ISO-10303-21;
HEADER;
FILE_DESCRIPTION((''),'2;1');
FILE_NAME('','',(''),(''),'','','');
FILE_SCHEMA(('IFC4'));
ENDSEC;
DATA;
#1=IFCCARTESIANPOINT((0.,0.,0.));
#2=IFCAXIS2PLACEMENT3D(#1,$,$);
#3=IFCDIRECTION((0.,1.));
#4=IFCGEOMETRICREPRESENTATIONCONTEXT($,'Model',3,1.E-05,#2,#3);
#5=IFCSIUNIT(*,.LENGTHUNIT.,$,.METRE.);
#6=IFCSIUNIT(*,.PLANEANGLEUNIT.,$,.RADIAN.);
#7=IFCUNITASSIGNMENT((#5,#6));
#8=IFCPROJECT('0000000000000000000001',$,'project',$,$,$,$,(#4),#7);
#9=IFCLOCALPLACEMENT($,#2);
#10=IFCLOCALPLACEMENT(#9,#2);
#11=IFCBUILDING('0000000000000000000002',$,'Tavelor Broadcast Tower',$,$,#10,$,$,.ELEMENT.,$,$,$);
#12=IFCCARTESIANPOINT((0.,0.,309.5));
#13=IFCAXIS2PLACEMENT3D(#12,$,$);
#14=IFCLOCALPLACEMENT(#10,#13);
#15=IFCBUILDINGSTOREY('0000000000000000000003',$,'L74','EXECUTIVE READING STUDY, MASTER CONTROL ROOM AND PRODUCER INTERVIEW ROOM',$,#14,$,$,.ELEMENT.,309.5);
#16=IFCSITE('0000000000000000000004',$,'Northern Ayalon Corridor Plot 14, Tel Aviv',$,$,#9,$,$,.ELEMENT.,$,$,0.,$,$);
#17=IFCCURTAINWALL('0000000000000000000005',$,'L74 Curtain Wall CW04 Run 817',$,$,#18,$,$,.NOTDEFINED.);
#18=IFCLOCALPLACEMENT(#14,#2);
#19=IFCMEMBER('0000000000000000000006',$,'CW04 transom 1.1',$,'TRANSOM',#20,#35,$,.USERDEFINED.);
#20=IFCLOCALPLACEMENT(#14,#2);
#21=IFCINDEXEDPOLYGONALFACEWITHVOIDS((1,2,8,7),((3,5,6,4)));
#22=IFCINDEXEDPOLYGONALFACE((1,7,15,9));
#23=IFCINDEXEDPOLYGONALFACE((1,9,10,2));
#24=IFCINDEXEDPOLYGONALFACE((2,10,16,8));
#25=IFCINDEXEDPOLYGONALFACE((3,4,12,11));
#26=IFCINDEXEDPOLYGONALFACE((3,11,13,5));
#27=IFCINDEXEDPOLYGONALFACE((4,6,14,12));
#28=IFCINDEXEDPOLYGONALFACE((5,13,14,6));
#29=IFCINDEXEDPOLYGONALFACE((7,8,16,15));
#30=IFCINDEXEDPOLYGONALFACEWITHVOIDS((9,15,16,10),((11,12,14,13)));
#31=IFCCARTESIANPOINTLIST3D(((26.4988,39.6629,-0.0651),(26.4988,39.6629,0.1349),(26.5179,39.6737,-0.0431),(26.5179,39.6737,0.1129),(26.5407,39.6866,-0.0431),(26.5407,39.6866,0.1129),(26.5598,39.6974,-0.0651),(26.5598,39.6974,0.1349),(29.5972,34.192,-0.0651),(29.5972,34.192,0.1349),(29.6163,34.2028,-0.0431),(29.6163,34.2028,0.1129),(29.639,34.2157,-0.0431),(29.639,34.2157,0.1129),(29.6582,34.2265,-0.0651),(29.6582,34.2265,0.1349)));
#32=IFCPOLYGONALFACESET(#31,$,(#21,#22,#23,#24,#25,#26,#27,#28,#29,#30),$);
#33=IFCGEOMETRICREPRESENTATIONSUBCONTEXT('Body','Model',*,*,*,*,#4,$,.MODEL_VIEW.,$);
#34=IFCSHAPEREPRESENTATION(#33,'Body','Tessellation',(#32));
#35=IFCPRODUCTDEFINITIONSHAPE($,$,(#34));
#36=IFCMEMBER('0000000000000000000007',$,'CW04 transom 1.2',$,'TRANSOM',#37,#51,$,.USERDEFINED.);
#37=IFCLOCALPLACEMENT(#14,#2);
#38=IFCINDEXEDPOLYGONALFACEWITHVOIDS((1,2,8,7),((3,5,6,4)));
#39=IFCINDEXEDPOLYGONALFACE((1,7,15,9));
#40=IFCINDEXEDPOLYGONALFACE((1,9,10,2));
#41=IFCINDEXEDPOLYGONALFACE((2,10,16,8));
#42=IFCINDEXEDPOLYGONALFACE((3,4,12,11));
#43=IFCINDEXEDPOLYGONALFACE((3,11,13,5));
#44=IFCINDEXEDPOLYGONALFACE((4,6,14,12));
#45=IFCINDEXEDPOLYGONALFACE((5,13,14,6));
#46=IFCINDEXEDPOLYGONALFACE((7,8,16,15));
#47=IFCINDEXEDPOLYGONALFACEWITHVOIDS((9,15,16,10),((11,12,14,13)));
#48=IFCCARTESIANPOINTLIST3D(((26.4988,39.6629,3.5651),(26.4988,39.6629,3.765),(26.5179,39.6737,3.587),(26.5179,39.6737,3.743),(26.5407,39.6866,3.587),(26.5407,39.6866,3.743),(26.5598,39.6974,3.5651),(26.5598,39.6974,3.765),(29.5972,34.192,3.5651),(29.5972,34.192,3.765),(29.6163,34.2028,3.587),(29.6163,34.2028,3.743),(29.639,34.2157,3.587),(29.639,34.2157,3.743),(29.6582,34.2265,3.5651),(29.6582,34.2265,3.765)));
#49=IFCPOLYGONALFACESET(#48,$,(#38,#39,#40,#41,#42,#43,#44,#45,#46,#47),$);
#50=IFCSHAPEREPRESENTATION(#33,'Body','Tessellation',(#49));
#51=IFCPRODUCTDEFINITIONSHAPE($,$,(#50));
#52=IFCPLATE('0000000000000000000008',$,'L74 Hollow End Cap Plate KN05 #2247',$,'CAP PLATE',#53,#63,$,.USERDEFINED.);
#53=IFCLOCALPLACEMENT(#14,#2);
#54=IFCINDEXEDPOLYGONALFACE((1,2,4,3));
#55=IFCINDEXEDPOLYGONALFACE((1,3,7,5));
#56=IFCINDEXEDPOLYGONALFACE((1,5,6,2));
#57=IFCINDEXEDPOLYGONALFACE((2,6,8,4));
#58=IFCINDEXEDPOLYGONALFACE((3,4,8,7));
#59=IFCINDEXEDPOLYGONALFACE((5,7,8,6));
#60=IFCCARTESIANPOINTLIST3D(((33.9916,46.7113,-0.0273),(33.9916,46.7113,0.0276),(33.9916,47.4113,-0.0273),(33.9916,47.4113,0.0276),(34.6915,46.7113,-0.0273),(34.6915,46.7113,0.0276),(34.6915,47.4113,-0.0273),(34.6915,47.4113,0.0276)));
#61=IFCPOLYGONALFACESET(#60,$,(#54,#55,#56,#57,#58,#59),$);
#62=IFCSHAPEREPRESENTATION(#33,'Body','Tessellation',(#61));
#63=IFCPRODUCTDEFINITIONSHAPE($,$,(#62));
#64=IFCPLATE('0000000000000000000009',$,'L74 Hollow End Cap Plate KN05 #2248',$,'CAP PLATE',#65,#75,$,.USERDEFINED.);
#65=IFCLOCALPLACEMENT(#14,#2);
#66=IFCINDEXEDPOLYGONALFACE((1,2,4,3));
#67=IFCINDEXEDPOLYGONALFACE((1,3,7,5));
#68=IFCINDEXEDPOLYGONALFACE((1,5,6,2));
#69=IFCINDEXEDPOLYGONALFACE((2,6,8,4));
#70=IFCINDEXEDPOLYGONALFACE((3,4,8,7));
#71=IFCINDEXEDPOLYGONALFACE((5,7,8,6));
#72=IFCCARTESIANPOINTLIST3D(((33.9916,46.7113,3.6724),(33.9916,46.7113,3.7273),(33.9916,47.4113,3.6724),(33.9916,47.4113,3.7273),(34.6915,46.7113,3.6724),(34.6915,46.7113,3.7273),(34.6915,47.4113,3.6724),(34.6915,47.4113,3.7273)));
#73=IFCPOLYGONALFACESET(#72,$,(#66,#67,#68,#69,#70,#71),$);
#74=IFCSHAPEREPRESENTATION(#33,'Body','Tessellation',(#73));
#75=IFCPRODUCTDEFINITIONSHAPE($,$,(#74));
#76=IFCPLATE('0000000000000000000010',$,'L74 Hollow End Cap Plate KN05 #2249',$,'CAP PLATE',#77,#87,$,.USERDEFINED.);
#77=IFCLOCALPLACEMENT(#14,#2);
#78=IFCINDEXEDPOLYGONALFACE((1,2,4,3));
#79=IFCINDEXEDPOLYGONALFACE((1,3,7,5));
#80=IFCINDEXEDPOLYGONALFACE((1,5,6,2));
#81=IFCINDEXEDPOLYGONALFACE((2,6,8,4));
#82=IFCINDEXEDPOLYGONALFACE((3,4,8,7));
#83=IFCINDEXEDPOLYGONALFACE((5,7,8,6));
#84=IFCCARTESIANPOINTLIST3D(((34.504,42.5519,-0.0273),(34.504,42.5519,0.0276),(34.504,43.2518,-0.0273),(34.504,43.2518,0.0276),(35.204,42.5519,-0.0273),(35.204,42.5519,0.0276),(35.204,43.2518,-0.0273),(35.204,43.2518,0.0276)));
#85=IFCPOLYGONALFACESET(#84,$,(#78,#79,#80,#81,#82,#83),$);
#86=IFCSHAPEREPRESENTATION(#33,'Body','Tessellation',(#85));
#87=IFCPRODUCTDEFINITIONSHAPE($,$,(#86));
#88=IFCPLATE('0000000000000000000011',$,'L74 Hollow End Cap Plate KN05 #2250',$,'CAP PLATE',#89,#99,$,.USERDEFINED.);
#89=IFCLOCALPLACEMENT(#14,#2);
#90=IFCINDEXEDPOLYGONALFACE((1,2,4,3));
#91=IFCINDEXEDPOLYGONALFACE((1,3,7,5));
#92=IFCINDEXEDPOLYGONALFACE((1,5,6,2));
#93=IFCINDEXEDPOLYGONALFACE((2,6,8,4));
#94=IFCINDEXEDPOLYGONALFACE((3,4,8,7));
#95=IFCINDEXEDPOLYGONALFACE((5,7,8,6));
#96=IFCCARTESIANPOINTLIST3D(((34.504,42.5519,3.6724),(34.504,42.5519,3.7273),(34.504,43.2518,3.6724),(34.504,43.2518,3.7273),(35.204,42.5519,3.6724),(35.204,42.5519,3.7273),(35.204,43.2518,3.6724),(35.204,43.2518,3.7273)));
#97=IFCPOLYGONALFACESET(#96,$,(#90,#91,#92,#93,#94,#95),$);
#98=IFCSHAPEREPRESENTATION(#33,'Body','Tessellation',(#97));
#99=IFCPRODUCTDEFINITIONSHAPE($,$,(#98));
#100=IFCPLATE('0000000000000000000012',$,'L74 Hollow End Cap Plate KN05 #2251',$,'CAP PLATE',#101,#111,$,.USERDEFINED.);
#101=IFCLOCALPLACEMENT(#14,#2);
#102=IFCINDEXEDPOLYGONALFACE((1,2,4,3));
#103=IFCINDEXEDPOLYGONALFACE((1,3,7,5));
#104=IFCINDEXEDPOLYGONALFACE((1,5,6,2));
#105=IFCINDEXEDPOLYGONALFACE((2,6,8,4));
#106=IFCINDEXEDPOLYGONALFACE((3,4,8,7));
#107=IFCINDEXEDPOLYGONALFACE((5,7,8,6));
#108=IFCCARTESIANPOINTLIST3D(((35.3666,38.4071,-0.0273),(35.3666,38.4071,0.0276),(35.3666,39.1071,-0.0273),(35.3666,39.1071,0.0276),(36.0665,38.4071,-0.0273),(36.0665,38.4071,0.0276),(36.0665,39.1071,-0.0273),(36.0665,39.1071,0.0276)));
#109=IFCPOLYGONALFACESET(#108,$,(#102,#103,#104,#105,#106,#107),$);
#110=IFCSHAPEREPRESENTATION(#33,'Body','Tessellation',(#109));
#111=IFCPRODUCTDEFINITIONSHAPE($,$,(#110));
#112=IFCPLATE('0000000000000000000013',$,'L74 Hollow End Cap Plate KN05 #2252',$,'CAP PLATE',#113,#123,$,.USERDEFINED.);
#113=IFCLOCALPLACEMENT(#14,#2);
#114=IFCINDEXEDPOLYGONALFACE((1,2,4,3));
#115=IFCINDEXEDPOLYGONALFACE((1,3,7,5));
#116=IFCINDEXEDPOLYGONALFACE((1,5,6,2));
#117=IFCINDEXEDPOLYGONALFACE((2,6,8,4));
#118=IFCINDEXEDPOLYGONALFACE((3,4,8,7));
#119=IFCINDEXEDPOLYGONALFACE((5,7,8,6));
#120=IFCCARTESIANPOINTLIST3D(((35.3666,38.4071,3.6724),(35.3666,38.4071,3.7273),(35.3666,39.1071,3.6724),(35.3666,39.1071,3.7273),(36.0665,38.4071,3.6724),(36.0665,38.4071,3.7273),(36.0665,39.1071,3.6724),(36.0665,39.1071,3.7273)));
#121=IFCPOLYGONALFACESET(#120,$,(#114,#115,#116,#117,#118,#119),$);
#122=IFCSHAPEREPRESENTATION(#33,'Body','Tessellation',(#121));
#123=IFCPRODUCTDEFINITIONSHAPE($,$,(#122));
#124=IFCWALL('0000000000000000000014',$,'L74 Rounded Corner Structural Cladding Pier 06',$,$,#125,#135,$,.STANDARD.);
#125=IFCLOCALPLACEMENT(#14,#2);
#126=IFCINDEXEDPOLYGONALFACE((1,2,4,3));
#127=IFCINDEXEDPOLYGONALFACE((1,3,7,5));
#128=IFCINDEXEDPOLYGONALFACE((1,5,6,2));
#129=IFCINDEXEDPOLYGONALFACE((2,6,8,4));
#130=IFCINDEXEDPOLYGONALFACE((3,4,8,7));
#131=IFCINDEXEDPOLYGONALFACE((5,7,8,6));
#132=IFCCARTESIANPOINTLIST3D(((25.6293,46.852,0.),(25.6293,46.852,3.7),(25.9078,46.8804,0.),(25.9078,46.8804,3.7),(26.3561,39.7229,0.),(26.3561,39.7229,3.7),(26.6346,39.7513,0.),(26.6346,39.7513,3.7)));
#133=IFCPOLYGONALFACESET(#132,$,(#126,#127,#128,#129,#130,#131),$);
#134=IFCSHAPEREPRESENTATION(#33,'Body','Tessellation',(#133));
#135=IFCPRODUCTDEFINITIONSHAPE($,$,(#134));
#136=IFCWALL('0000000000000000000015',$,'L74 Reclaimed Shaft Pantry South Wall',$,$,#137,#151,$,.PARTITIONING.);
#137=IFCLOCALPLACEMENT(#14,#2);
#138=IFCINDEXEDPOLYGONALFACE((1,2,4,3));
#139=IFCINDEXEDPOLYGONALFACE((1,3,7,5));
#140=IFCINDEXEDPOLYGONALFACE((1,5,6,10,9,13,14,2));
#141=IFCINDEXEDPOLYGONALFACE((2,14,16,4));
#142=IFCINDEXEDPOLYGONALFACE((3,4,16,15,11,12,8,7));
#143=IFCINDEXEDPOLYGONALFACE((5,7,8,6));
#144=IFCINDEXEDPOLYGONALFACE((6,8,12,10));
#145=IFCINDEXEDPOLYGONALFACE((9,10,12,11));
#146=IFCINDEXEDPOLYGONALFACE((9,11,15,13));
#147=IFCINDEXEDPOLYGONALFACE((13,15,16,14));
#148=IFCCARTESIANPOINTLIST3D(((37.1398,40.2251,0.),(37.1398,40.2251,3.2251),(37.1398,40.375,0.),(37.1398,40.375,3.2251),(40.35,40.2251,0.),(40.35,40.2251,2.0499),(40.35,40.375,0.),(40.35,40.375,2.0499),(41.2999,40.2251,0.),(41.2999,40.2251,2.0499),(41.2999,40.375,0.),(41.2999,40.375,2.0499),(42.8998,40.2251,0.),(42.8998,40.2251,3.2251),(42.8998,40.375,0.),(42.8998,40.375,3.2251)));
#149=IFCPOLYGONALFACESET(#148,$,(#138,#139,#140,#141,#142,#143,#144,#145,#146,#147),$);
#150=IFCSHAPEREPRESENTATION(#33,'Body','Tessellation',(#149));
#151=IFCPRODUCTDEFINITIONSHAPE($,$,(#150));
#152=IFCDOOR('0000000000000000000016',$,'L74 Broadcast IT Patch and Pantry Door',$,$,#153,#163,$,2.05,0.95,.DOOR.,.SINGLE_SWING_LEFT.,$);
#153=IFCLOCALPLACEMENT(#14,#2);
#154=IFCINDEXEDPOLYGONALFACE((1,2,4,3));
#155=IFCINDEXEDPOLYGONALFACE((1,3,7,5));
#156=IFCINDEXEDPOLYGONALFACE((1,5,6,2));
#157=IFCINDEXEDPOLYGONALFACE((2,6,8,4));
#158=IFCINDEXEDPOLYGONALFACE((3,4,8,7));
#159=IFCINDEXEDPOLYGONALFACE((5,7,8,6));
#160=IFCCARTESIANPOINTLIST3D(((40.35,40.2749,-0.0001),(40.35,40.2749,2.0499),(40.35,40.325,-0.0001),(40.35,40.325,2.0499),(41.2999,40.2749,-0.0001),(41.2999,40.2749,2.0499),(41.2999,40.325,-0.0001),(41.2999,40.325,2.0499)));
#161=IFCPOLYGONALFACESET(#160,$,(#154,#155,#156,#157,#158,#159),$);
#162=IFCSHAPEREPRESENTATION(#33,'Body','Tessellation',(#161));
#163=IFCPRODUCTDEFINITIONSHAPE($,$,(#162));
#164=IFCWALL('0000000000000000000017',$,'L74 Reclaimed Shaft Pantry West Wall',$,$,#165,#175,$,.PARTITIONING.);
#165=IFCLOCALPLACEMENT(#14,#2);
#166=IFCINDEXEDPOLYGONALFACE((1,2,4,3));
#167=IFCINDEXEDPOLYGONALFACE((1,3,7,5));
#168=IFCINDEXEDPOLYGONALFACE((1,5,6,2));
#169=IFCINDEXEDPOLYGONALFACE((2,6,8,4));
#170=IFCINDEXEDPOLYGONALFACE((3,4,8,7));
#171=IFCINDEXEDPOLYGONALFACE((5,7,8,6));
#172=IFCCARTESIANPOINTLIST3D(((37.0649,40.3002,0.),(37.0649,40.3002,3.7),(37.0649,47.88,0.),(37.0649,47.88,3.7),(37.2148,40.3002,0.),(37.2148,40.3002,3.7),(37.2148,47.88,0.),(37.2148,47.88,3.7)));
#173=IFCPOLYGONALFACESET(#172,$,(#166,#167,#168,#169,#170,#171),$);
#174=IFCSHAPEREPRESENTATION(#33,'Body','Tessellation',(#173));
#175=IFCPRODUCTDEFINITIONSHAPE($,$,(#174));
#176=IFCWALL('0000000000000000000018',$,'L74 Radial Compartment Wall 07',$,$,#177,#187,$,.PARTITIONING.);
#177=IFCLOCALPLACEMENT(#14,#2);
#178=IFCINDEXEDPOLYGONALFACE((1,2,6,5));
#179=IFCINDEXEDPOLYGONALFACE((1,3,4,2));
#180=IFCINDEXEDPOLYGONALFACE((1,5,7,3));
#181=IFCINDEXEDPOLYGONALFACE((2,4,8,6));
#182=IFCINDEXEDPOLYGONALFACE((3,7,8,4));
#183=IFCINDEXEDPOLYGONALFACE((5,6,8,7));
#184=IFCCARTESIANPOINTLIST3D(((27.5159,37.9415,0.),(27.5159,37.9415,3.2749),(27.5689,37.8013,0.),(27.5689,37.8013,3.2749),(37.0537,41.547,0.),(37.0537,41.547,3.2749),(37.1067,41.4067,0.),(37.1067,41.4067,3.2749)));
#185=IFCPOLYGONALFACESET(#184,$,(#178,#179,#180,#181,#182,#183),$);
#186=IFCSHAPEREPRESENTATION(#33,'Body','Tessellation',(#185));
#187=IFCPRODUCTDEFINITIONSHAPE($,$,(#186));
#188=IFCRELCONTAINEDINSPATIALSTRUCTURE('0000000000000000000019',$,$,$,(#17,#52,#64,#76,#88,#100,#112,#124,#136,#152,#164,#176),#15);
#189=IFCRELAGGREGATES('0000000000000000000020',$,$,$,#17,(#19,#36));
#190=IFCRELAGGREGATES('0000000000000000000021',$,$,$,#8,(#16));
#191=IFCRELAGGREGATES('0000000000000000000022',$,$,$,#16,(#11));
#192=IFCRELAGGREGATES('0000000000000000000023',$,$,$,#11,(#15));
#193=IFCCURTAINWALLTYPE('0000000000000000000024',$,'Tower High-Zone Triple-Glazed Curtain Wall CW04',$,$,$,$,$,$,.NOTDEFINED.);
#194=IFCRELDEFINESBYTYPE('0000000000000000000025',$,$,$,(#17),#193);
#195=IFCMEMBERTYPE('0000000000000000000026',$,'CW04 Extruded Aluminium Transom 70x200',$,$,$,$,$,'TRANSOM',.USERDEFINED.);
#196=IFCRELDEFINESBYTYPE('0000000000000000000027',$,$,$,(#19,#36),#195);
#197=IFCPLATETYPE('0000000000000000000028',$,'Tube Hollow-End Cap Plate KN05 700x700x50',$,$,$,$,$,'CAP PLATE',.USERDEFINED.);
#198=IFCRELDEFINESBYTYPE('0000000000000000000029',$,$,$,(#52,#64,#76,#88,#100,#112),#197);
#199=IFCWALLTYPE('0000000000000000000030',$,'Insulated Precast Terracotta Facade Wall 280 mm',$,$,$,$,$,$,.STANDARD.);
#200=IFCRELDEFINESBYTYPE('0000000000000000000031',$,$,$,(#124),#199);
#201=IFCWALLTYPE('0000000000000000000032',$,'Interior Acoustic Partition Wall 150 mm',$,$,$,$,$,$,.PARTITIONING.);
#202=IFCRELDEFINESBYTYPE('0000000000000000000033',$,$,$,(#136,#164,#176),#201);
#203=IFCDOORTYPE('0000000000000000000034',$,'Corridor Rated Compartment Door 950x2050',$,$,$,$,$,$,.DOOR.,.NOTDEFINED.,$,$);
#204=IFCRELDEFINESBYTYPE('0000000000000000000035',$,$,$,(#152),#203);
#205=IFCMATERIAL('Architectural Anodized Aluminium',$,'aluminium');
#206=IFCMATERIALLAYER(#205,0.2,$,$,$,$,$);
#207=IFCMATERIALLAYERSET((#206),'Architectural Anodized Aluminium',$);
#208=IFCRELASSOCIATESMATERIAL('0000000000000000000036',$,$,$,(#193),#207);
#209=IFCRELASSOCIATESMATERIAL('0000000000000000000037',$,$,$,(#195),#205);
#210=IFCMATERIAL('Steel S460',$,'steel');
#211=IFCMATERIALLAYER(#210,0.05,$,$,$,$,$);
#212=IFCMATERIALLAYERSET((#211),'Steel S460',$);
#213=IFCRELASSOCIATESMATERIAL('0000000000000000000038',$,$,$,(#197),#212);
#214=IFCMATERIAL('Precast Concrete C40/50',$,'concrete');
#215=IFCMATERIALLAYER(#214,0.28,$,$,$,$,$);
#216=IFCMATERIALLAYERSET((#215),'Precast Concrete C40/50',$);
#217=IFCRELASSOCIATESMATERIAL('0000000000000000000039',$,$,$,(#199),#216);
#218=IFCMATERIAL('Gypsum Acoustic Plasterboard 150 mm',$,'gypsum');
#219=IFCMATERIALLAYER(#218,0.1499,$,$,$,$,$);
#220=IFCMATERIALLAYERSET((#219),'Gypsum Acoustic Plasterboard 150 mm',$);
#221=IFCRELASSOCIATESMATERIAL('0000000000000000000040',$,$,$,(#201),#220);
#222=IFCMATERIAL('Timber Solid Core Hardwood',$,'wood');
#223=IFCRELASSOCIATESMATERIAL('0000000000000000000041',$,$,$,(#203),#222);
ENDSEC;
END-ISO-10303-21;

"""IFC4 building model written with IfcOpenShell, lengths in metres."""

from ifc_helpers import new_model, si_unit, direction, frame, frame_2d, origin, origin_2d, place, context, subcontext, project, spatial, rectangle, hollow_rectangle, extrude, source, transform, mapped, material, layer, layer_set, material_profile, profile_set, type_object, type_shapes, element, fill, aggregate, save


model = new_model("IFC4")

# Units and contexts
model_context = context("Model", 3, precision=1e-05, world=origin(), true_north=direction((0.0, 1.0)))
body_context = subcontext(model_context, "Body", "Model", "MODEL_VIEW")
ifc_project = project(units=[si_unit("LENGTHUNIT", "METRE"), si_unit("PLANEANGLEUNIT", "RADIAN")], contexts=[model_context])

# Site, building, storey
site_placement = place(None, origin())
site = spatial("IfcSite", under=ifc_project, at=site_placement, Name="Northern Ayalon Corridor Plot 14, Tel Aviv", CompositionType="ELEMENT", RefElevation=0.0)
building_placement = place(site_placement, origin())
building = spatial("IfcBuilding", under=site, at=building_placement, Name="Tavelor Broadcast Tower", CompositionType="ELEMENT")
storey_placement = place(building_placement, frame((0.0, 0.0, 309.5)))
storey = spatial("IfcBuildingStorey", under=building, at=storey_placement, Name="L74", Description="EXECUTIVE READING STUDY, MASTER CONTROL ROOM AND PRODUCER INTERVIEW ROOM", CompositionType="ELEMENT", Elevation=309.5)

# Shared definitions
ifc_material_1 = material(Name="Steel S460", Category="steel")

# Curtain wall, members
ifc_material_2 = material(Name="Architectural Anodized Aluminium", Category="aluminium")
ifc_layer_1 = layer(ifc_material_2, 0.2)
ifc_layer_set_1 = layer_set([ifc_layer_1], Name="Architectural Anodized Aluminium")
curtain_wall_type = type_object("IfcCurtainWallType", Name="Tower High-Zone Triple-Glazed Curtain Wall CW04", PredefinedType="NOTDEFINED", material=ifc_layer_set_1)
curtain_wall_placement = place(storey_placement, origin())
curtain_wall = element("IfcCurtainWall", 1, at=curtain_wall_placement, inside=storey, type_object=curtain_wall_type, Name="L74 Curtain Wall CW04 Run 817", PredefinedType="NOTDEFINED")
ifc_material_profile_1 = material_profile(ifc_material_2, hollow_rectangle(XDim=0.0701, YDim=0.2, WallThickness=0.022, at=origin_2d()), Name="RHS 70x200x22")
ifc_profile_set_1 = profile_set([ifc_material_profile_1], Name="Architectural Anodized Aluminium")
member_type_1 = type_object("IfcMemberType", Name="CW04 Extruded Aluminium Transom 70x200", ElementType="TRANSOM", PredefinedType="USERDEFINED", material=ifc_profile_set_1)
shared_shape_1 = source(origin(), body_context, "Body", "SweptSolid", [
    extrude(hollow_rectangle(XDim=0.0701, YDim=0.2, WallThickness=0.022, at=origin_2d()), origin(), (0.0, 0.0, 1.0), 6.2874),
])
type_shapes(member_type_1, [shared_shape_1])
member_1_placement = place(storey_placement, frame((26.5293, 39.6802, 0.0349), z_axis=(0.492794, -0.870146, 0.0), x_axis=(0.870146, 0.492794, 0.0)))
member_1 = element("IfcMember", 2, at=member_1_placement, type_object=member_type_1, Name="CW04 transom 1.1", ObjectType="TRANSOM", PredefinedType="USERDEFINED", context=body_context, shape_type="MappedRepresentation", body=[
    mapped(shared_shape_1, transform((0.0, 0.0, 0.0), scale=1.0)),
])
member_2_placement = place(storey_placement, frame((26.5293, 39.6802, 3.665), z_axis=(0.492794, -0.870146, 0.0), x_axis=(0.870146, 0.492794, 0.0)))
member_2 = element("IfcMember", 3, at=member_2_placement, type_object=member_type_1, Name="CW04 transom 1.2", ObjectType="TRANSOM", PredefinedType="USERDEFINED", context=body_context, shape_type="MappedRepresentation", body=[
    mapped(shared_shape_1, transform((0.0, 0.0, 0.0), scale=1.0)),
])
aggregate(curtain_wall, [member_1, member_2])

# Plates
ifc_layer_2 = layer(ifc_material_1, 0.05)
ifc_layer_set_2 = layer_set([ifc_layer_2], Name="Steel S460")
plate_type = type_object("IfcPlateType", Name="Tube Hollow-End Cap Plate KN05 700x700x50", ElementType="CAP PLATE", PredefinedType="USERDEFINED", material=ifc_layer_set_2)
shared_shape_2 = source(origin(), body_context, "Body", "SweptSolid", [
    extrude(rectangle(XDim=0.7, YDim=0.7, at=origin_2d()), origin(), (0.0, 0.0, 1.0), 0.0549),
])
type_shapes(plate_type, [shared_shape_2])
for number, where, z_axis, x_axis, name in (
    (4, (34.3416, 47.0613, -0.0273), (0.0, 0.0, 1.0), (1.0, 0.0, 0.0), "L74 Hollow End Cap Plate KN05 #2247"),
    (5, (34.3416, 47.0613, 3.6724), (0.0, 0.0, 1.0), (1.0, 0.0, 0.0), "L74 Hollow End Cap Plate KN05 #2248"),
    (6, (34.854, 42.9019, -0.0273), (0.0, 0.0, 1.0), (1.0, 0.0, 0.0), "L74 Hollow End Cap Plate KN05 #2249"),
    (7, (34.854, 42.9019, 3.6724), (0.0, 0.0, 1.0), (1.0, 0.0, 0.0), "L74 Hollow End Cap Plate KN05 #2250"),
    (8, (35.7166, 38.7571, -0.0273), (0.0, 0.0, 1.0), (1.0, 0.0, 0.0), "L74 Hollow End Cap Plate KN05 #2251"),
    (9, (35.7166, 38.7571, 3.6724), (0.0, 0.0, 1.0), (1.0, 0.0, 0.0), "L74 Hollow End Cap Plate KN05 #2252"),
):
    element("IfcPlate", number, at=place(storey_placement, frame(where, z_axis=z_axis, x_axis=x_axis)), inside=storey, type_object=plate_type, Name=name, ObjectType="CAP PLATE", PredefinedType="USERDEFINED", context=body_context, shape_type="MappedRepresentation", body=[
        mapped(shared_shape_2, transform((0.0, 0.0, 0.0), scale=1.0)),
    ])

# Wall
ifc_material_3 = material(Name="Precast Concrete C40/50", Category="concrete")
ifc_layer_3 = layer(ifc_material_3, 0.28)
ifc_layer_set_3 = layer_set([ifc_layer_3], Name="Precast Concrete C40/50")
wall_type_1 = type_object("IfcWallType", Name="Insulated Precast Terracotta Facade Wall 280 mm", PredefinedType="STANDARD", material=ifc_layer_set_3)
wall_1_placement = place(storey_placement, frame((25.7686, 46.8662, 0.0), z_axis=(0.0, 0.0, 1.0), x_axis=(0.101423, -0.994843, 0.0)))
element("IfcWall", 10, at=wall_1_placement, inside=storey, type_object=wall_type_1, Name="L74 Rounded Corner Structural Cladding Pier 06", PredefinedType="STANDARD", context=body_context, shape_type="SweptSolid", body=[
    extrude(rectangle(XDim=7.166, YDim=0.28, at=frame_2d((3.583, 0.0))), origin(), (0.0, 0.0, 1.0), 3.7),
])

# Wall, opening, door
ifc_material_4 = material(Name="Gypsum Acoustic Plasterboard 150 mm", Category="gypsum")
ifc_layer_4 = layer(ifc_material_4, 0.1499)
ifc_layer_set_4 = layer_set([ifc_layer_4], Name="Gypsum Acoustic Plasterboard 150 mm")
wall_type_2 = type_object("IfcWallType", Name="Interior Acoustic Partition Wall 150 mm", PredefinedType="PARTITIONING", material=ifc_layer_set_4)
wall_2_placement = place(storey_placement, frame((37.1399, 40.3, 0.0), z_axis=(0.0, 0.0, 1.0), x_axis=(1.0, 0.0, 0.0)))
wall_2 = element("IfcWall", 11, at=wall_2_placement, inside=storey, type_object=wall_type_2, Name="L74 Reclaimed Shaft Pantry South Wall", PredefinedType="PARTITIONING", context=body_context, shape_type="SweptSolid", body=[
    extrude(rectangle(XDim=5.76, YDim=0.1499, at=frame_2d((2.8799, 0.0))), origin(), (0.0, 0.0, 1.0), 3.2251),
])
opening_placement = place(wall_2_placement, frame((3.21, 0.0, 0.0)))
opening = element("IfcOpeningElement", 12, at=opening_placement, cuts=wall_2, PredefinedType="OPENING", context=body_context, shape_type="SweptSolid", body=[
    extrude(rectangle(XDim=0.95, YDim=2.05, at=frame_2d((0.4751, 1.0249))), frame((0.0, 0.085, 0.0), z_axis=(0.0, -1.0, 0.0), x_axis=(1.0, 0.0, 0.0)), (0.0, 0.0, 1.0), 0.1699),
])
ifc_material_5 = material(Name="Timber Solid Core Hardwood", Category="wood")
door_type = type_object("IfcDoorType", Name="Corridor Rated Compartment Door 950x2050", OperationType="NOTDEFINED", PredefinedType="DOOR", material=ifc_material_5)
door_placement = place(opening_placement, origin())
door = element("IfcDoor", 13, at=door_placement, inside=storey, type_object=door_type, Name="L74 Broadcast IT Patch and Pantry Door", OperationType="SINGLE_SWING_LEFT", OverallHeight=2.05, OverallWidth=0.95, PredefinedType="DOOR", context=body_context, shape_type="SweptSolid", body=[
    extrude(rectangle(XDim=0.95, YDim=2.05, at=frame_2d((0.4751, 1.0249))), frame((0.0, 0.0249, 0.0), z_axis=(0.0, -1.0, 0.0), x_axis=(1.0, 0.0, 0.0)), (0.0, 0.0, 1.0), 0.05),
])
fill(opening, door)

# Walls
wall_3_placement = place(storey_placement, frame((37.1399, 40.3, 0.0), z_axis=(0.0, 0.0, 1.0), x_axis=(0.0, 1.0, 0.0)))
element("IfcWall", 14, at=wall_3_placement, inside=storey, type_object=wall_type_2, Name="L74 Reclaimed Shaft Pantry West Wall", PredefinedType="PARTITIONING", context=body_context, shape_type="SweptSolid", body=[
    extrude(rectangle(XDim=7.5798, YDim=0.1499, at=frame_2d((3.79, 0.0))), origin(), (0.0, 0.0, 1.0), 3.7),
])
wall_4_placement = place(storey_placement, frame((37.0801, 41.4768, 0.0), z_axis=(0.0, 0.0, 1.0), x_axis=(-0.935398, -0.353597, 0.0)))
element("IfcWall", 15, at=wall_4_placement, inside=storey, type_object=wall_type_2, Name="L74 Radial Compartment Wall 07", PredefinedType="PARTITIONING", context=body_context, shape_type="SweptSolid", body=[
    extrude(rectangle(XDim=10.1965, YDim=0.1499, at=frame_2d((5.0981, 0.0))), origin(), (0.0, 0.0, 1.0), 3.2749),
])

save(model, "model.ifc")
